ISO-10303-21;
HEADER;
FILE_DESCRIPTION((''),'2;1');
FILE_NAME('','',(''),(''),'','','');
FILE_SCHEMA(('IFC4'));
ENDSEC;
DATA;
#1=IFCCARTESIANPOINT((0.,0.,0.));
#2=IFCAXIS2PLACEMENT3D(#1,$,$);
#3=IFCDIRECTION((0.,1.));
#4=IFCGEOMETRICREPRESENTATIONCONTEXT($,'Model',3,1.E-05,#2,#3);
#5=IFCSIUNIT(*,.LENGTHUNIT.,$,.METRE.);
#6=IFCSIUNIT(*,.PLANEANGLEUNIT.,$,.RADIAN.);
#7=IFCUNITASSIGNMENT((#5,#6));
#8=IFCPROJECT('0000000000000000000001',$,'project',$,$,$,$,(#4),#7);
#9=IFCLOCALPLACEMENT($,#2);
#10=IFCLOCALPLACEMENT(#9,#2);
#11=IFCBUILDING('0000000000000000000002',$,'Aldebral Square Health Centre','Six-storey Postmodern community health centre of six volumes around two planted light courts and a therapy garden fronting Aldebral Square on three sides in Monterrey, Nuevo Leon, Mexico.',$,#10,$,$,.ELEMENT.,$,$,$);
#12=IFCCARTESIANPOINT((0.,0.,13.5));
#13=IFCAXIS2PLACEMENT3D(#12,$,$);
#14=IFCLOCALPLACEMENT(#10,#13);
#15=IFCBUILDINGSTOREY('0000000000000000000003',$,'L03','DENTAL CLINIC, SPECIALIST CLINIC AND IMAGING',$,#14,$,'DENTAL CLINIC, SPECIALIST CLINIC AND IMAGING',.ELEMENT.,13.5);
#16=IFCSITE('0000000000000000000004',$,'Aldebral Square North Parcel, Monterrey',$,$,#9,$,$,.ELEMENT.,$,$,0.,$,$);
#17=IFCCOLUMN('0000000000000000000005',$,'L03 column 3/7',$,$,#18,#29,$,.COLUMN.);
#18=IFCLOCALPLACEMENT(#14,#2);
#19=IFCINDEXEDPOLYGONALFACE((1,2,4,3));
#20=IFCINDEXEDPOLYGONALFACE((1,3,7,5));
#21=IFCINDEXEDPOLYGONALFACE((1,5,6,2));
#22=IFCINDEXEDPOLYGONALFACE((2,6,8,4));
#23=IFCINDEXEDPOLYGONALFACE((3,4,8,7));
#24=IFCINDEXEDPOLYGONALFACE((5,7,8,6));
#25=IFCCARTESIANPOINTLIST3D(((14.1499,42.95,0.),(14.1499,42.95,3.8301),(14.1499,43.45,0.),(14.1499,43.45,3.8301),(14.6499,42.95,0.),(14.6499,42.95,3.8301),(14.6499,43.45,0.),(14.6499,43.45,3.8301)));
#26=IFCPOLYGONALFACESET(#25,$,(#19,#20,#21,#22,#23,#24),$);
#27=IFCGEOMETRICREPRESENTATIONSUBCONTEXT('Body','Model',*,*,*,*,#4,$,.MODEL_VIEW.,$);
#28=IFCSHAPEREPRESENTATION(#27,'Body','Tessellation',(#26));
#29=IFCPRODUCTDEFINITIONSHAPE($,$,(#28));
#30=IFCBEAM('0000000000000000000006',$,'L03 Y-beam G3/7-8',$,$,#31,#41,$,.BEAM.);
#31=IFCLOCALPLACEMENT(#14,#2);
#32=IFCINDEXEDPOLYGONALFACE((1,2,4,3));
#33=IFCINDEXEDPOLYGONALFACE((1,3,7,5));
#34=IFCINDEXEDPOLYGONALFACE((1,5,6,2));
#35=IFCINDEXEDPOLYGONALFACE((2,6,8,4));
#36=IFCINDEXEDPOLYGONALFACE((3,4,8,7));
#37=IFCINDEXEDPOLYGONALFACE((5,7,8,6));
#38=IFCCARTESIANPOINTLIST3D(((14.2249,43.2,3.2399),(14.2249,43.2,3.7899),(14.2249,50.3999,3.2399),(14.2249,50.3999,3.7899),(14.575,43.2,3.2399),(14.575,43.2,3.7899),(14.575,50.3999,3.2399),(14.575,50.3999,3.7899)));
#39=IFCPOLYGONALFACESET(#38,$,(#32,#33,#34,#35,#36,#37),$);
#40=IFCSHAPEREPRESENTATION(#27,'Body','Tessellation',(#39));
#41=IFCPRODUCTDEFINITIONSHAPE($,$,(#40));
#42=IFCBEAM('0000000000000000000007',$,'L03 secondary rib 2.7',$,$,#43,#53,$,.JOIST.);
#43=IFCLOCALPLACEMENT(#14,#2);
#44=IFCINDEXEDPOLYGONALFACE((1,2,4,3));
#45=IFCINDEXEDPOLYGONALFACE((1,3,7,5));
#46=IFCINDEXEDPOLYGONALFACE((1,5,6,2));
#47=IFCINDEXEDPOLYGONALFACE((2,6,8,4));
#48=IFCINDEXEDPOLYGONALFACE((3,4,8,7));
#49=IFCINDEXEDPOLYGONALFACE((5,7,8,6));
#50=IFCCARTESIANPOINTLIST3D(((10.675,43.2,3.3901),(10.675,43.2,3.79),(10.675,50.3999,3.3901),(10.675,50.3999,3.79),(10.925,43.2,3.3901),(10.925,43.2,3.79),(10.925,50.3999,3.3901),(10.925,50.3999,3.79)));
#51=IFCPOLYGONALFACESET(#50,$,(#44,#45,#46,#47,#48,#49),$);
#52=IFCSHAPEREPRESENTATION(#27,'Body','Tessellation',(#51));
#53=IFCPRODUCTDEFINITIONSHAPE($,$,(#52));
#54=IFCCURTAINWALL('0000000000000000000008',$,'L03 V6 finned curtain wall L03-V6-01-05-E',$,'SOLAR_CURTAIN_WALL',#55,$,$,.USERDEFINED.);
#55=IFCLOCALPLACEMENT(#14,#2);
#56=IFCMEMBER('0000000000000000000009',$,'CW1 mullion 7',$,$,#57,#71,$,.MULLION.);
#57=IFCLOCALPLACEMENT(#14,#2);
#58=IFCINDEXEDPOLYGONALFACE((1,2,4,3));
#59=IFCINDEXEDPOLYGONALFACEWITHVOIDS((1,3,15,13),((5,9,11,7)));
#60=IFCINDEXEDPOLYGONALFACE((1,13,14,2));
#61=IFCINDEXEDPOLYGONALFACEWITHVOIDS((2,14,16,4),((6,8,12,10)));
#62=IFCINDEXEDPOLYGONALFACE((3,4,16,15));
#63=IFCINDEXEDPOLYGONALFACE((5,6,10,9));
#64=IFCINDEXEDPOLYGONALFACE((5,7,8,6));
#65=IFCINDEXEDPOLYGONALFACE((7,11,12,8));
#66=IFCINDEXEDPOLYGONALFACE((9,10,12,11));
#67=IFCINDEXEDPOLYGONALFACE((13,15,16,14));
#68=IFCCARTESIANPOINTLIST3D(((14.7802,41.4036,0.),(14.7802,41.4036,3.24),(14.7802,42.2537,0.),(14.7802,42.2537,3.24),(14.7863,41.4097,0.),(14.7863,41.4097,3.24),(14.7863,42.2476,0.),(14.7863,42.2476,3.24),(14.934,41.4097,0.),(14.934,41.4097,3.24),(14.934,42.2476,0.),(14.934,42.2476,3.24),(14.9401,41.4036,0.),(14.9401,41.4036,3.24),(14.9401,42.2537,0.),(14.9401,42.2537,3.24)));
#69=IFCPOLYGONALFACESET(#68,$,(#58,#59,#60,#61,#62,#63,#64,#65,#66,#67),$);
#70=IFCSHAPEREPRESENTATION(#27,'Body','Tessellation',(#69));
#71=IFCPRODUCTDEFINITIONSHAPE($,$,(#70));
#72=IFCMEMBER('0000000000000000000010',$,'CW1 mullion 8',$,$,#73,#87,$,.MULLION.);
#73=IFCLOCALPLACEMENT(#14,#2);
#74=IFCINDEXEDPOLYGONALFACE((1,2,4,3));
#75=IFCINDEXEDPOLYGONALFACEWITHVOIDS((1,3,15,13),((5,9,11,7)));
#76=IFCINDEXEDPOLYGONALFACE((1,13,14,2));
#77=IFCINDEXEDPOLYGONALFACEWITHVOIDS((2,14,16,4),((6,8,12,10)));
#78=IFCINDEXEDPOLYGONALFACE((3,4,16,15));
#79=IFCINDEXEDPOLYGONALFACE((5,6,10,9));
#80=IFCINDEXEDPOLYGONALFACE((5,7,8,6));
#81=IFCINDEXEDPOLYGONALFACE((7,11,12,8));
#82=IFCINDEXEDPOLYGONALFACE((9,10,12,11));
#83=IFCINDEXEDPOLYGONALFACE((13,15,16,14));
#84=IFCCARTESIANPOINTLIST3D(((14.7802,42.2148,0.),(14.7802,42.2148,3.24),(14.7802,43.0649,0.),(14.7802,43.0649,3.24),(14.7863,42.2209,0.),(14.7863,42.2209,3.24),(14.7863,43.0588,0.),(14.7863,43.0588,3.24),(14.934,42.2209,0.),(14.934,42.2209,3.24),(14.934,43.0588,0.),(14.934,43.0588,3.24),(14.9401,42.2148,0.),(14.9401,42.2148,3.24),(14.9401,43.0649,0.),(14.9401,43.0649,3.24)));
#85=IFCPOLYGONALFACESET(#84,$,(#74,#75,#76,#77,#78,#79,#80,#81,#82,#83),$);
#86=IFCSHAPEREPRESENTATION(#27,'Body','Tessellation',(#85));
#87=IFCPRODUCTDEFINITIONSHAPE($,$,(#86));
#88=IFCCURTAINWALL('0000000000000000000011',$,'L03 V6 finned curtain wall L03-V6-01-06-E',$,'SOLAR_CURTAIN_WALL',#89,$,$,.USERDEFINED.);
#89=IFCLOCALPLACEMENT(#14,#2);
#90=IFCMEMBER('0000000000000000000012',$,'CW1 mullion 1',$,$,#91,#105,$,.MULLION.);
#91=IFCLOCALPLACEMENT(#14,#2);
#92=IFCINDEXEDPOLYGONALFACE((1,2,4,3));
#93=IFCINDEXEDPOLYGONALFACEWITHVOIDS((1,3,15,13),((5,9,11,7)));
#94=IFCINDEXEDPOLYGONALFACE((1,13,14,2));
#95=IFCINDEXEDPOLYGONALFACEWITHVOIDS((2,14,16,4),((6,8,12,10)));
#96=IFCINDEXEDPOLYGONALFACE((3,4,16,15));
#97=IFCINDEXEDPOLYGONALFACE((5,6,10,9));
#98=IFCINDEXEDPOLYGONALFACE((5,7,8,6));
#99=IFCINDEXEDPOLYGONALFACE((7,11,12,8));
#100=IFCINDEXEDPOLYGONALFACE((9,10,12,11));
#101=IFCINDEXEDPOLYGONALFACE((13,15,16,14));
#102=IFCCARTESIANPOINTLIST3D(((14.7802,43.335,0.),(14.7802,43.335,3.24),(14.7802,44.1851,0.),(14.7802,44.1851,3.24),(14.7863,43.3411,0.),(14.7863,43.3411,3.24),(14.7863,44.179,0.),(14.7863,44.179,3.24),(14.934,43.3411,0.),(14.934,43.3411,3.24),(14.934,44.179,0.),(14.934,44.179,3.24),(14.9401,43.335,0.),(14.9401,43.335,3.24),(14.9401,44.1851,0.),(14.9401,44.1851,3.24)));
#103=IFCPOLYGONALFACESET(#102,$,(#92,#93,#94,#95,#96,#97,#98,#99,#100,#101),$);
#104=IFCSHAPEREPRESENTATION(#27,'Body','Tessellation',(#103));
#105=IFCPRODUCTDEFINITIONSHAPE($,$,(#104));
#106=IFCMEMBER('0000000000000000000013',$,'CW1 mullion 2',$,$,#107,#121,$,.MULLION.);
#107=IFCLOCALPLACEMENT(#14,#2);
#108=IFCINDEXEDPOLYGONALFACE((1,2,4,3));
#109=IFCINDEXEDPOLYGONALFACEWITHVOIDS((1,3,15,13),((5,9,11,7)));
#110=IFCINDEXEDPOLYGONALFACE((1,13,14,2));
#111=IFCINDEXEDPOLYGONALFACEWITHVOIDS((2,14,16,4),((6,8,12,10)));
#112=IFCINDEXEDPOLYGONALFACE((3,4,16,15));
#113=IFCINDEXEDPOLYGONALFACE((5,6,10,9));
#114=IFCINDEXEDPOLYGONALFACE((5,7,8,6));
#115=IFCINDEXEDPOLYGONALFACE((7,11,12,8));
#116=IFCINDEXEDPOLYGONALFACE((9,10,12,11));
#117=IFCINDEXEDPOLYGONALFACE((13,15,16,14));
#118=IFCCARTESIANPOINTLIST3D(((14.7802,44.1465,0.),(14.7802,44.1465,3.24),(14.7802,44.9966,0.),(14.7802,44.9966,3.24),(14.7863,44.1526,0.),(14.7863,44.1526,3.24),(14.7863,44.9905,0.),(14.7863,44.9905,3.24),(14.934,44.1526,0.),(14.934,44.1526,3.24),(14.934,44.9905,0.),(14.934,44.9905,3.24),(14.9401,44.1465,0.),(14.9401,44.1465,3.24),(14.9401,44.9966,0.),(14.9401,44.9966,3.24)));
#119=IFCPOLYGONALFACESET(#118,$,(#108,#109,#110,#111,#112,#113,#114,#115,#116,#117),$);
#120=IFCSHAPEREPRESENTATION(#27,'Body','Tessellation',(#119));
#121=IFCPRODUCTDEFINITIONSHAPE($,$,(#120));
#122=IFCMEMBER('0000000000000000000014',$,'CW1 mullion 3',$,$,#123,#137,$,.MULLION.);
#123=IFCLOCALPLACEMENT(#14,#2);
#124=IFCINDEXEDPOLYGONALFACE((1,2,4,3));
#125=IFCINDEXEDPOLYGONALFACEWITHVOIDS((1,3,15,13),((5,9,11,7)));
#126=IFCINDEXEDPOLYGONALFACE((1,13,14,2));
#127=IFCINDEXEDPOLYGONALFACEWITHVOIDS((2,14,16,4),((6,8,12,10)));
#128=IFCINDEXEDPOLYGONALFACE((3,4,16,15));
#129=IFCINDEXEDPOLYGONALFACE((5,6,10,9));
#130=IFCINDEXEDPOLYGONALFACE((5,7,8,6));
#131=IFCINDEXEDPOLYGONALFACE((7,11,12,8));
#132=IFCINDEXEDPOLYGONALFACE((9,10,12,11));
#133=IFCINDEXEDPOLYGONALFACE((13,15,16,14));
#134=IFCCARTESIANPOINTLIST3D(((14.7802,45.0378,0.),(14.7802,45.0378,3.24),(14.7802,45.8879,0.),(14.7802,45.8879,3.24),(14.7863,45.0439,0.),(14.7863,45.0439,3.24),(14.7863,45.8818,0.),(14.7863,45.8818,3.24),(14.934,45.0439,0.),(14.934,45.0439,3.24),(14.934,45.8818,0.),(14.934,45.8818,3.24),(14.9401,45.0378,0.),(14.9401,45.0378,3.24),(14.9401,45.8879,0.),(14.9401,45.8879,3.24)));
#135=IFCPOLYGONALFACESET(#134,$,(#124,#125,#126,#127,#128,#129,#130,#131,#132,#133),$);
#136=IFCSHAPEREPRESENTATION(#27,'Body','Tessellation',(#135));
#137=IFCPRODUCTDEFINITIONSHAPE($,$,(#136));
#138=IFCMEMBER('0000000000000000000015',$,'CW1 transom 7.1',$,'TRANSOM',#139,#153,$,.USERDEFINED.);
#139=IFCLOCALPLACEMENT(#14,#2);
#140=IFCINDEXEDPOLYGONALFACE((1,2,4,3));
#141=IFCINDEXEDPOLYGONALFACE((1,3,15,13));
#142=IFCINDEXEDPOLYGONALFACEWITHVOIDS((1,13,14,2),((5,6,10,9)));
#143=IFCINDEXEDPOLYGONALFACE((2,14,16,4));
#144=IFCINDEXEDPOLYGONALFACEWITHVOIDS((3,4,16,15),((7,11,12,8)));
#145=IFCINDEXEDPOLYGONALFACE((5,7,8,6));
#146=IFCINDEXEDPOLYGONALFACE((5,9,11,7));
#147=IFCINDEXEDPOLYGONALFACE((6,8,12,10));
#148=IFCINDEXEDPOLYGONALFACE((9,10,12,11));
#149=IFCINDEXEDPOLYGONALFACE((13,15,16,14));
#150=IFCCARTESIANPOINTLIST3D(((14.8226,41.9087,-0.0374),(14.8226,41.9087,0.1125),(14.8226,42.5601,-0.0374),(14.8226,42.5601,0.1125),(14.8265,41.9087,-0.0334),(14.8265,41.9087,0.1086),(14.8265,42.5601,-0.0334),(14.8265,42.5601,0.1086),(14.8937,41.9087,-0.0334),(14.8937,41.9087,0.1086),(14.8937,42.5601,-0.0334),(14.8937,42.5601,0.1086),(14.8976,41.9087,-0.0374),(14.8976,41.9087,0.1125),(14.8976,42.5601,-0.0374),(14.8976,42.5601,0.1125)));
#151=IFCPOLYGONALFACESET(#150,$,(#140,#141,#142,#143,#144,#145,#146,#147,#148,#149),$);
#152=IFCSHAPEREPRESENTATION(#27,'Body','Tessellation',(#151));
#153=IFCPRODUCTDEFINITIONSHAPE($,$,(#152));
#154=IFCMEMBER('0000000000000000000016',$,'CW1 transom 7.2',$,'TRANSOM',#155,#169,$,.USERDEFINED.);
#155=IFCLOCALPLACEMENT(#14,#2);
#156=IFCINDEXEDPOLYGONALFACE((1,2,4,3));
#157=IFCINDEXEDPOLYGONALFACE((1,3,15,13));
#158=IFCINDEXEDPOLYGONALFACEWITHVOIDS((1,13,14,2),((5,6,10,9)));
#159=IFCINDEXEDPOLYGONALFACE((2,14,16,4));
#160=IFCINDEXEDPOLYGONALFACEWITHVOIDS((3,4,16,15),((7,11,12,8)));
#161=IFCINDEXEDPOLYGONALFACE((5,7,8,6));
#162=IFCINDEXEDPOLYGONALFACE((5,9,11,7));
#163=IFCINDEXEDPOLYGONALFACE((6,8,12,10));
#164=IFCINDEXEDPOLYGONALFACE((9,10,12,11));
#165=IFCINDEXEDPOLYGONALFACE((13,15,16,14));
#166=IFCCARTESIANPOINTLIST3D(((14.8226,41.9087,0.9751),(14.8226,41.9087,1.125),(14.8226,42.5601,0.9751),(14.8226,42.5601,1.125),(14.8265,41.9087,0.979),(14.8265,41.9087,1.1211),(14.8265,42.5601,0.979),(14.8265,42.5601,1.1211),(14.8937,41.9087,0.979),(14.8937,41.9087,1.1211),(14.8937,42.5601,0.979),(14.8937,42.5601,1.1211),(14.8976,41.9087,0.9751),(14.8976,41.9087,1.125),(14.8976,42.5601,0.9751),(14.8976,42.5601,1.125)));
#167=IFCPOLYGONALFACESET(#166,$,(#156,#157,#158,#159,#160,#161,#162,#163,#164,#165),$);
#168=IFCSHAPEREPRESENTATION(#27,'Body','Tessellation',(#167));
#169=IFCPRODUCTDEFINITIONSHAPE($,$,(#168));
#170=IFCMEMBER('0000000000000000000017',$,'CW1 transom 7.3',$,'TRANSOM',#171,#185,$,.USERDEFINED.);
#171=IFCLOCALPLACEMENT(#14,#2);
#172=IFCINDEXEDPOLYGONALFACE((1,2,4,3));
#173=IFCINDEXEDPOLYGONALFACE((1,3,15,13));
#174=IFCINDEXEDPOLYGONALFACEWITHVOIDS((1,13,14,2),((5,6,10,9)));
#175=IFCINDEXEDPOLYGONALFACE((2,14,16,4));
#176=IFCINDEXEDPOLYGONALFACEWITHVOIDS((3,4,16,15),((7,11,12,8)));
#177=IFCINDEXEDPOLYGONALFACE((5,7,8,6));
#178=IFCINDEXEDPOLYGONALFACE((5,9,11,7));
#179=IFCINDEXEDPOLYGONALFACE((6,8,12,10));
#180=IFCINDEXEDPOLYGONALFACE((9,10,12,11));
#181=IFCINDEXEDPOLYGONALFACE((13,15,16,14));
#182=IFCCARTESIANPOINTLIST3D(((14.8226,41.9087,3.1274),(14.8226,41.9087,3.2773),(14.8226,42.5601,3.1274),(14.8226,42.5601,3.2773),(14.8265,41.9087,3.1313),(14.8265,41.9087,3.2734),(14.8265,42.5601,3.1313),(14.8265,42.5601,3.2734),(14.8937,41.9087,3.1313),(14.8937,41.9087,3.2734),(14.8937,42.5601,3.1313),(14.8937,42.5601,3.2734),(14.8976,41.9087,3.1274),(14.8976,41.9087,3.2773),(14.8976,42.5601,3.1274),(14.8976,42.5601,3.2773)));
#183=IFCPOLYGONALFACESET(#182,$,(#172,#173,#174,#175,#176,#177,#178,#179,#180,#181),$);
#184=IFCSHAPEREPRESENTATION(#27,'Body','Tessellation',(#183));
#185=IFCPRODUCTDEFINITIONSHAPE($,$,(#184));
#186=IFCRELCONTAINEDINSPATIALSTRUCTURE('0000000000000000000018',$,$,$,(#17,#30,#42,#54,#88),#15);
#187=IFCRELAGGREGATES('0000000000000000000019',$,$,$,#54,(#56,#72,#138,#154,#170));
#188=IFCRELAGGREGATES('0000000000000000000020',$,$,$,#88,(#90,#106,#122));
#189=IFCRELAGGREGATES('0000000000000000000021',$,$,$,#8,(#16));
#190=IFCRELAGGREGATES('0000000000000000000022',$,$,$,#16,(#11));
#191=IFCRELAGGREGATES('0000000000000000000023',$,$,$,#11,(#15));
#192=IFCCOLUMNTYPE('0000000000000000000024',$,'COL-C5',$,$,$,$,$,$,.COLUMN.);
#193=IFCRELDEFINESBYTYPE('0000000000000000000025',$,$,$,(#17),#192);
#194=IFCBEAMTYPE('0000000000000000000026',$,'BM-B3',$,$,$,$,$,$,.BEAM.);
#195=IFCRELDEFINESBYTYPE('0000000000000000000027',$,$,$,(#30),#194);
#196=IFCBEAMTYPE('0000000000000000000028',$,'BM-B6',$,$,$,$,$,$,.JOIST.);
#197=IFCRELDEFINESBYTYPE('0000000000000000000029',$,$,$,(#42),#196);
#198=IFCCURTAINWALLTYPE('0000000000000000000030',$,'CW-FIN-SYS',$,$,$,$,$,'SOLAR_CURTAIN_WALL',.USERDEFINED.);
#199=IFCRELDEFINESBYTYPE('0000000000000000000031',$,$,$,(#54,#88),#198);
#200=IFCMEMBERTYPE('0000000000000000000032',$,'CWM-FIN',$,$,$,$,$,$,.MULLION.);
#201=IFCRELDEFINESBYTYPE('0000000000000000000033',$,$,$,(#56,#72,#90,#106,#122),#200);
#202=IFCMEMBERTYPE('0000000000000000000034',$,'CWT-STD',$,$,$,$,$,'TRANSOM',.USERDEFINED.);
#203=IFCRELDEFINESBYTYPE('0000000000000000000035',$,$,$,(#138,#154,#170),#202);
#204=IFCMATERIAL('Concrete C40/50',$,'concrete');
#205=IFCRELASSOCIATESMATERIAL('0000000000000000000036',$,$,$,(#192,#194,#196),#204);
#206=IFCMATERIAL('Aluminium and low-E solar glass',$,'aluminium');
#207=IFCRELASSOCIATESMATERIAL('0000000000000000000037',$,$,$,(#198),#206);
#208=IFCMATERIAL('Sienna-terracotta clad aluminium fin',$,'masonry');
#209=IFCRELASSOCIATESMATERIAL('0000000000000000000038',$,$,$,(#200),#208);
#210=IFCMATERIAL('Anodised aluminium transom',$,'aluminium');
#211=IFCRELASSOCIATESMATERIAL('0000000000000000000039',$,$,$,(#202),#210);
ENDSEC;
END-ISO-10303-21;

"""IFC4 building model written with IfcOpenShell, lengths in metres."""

from ifc_helpers import new_model, si_unit, direction, frame, origin, origin_2d, place, context, subcontext, project, spatial, rectangle, hollow_rectangle, extrude, material, material_profile, profile_set, type_object, element, aggregate, save


model = new_model("IFC4")

# Units and contexts
model_context = context("Model", 3, precision=1e-05, world=origin(), true_north=direction((0.0, 1.0)))
body_context = subcontext(model_context, "Body", "Model", "MODEL_VIEW")
ifc_project = project(units=[si_unit("LENGTHUNIT", "METRE"), si_unit("PLANEANGLEUNIT", "RADIAN")], contexts=[model_context])

# Site, building, storey
site_placement = place(None, origin())
site = spatial("IfcSite", under=ifc_project, at=site_placement, Name="Aldebral Square North Parcel, Monterrey", CompositionType="ELEMENT", RefElevation=0.0)
building_placement = place(site_placement, origin())
building = spatial("IfcBuilding", under=site, at=building_placement, Name="Aldebral Square Health Centre", Description="Six-storey Postmodern community health centre of six volumes around two planted light courts and a therapy garden fronting Aldebral Square on three sides in Monterrey, Nuevo Leon, Mexico.", CompositionType="ELEMENT")
storey_placement = place(building_placement, frame((0.0, 0.0, 13.5)))
storey = spatial("IfcBuildingStorey", under=building, at=storey_placement, Name="L03", Description="DENTAL CLINIC, SPECIALIST CLINIC AND IMAGING", LongName="DENTAL CLINIC, SPECIALIST CLINIC AND IMAGING", CompositionType="ELEMENT", Elevation=13.5)

# Column
ifc_material_1 = material(Name="Concrete C40/50", Category="concrete")
ifc_material_profile_1 = material_profile(ifc_material_1, rectangle(XDim=0.5, YDim=0.5, at=origin_2d()), Name="RC 500x500")
ifc_profile_set_1 = profile_set([ifc_material_profile_1], Name="Concrete C40/50")
column_type = type_object("IfcColumnType", Name="COL-C5", PredefinedType="COLUMN", material=ifc_profile_set_1)
column_placement = place(storey_placement, frame((14.3999, 43.2, 0.0), z_axis=(0.0, 0.0, 1.0), x_axis=(1.0, 0.0, 0.0)))
element("IfcColumn", 1, at=column_placement, inside=storey, type_object=column_type, Name="L03 column 3/7", PredefinedType="COLUMN", context=body_context, shape_type="SweptSolid", body=[
    extrude(rectangle(XDim=0.5, YDim=0.5, at=origin_2d()), origin(), (0.0, 0.0, 1.0), 3.8301),
])

# Beams
ifc_material_profile_2 = material_profile(ifc_material_1, rectangle(XDim=0.3501, YDim=0.55, at=origin_2d()), Name="RC 350x550")
ifc_profile_set_2 = profile_set([ifc_material_profile_2], Name="Concrete C40/50")
beam_type_1 = type_object("IfcBeamType", Name="BM-B3", PredefinedType="BEAM", material=ifc_profile_set_2)
beam_1_placement = place(storey_placement, frame((14.3999, 43.2, 3.5149), z_axis=(0.0, 1.0, 0.0), x_axis=(-1.0, 0.0, 0.0)))
element("IfcBeam", 2, at=beam_1_placement, inside=storey, type_object=beam_type_1, Name="L03 Y-beam G3/7-8", PredefinedType="BEAM", context=body_context, shape_type="SweptSolid", body=[
    extrude(rectangle(XDim=0.3501, YDim=0.55, at=origin_2d()), origin(), (0.0, 0.0, 1.0), 7.2),
])
ifc_material_profile_3 = material_profile(ifc_material_1, rectangle(XDim=0.25, YDim=0.3999, at=origin_2d()), Name="RC 250x400")
ifc_profile_set_3 = profile_set([ifc_material_profile_3], Name="Concrete C40/50")
beam_type_2 = type_object("IfcBeamType", Name="BM-B6", PredefinedType="JOIST", material=ifc_profile_set_3)
beam_2_placement = place(storey_placement, frame((10.8, 43.2, 3.5901), z_axis=(0.0, 1.0, 0.0), x_axis=(-1.0, 0.0, 0.0)))
element("IfcBeam", 3, at=beam_2_placement, inside=storey, type_object=beam_type_2, Name="L03 secondary rib 2.7", PredefinedType="JOIST", context=body_context, shape_type="SweptSolid", body=[
    extrude(rectangle(XDim=0.25, YDim=0.3999, at=origin_2d()), origin(), (0.0, 0.0, 1.0), 7.2),
])

# Curtain walls, members
ifc_material_2 = material(Name="Aluminium and low-E solar glass", Category="aluminium")
curtain_wall_type = type_object("IfcCurtainWallType", Name="CW-FIN-SYS", ElementType="SOLAR_CURTAIN_WALL", PredefinedType="USERDEFINED", material=ifc_material_2)
curtain_wall_1_placement = place(storey_placement, origin())
curtain_wall_1 = element("IfcCurtainWall", 4, at=curtain_wall_1_placement, inside=storey, type_object=curtain_wall_type, Name="L03 V6 finned curtain wall L03-V6-01-05-E", ObjectType="SOLAR_CURTAIN_WALL", PredefinedType="USERDEFINED")
ifc_material_3 = material(Name="Sienna-terracotta clad aluminium fin", Category="masonry")
ifc_material_profile_4 = material_profile(ifc_material_3, hollow_rectangle(XDim=0.1599, YDim=0.8501, WallThickness=0.0061, at=origin_2d()), Name="FIN 160x850x6")
ifc_profile_set_4 = profile_set([ifc_material_profile_4], Name="Sienna-terracotta clad aluminium fin")
member_type_1 = type_object("IfcMemberType", Name="CWM-FIN", PredefinedType="MULLION", material=ifc_profile_set_4)
member_1_placement = place(storey_placement, frame((14.8601, 41.8286, 0.0), z_axis=(0.0, 0.0, 1.0), x_axis=(-1.0, 0.0, 0.0)))
member_1 = element("IfcMember", 5, at=member_1_placement, type_object=member_type_1, Name="CW1 mullion 7", PredefinedType="MULLION", context=body_context, shape_type="SweptSolid", body=[
    extrude(hollow_rectangle(XDim=0.1599, YDim=0.8501, WallThickness=0.0061, at=origin_2d()), origin(), (0.0, 0.0, 1.0), 3.24),
])
member_2_placement = place(storey_placement, frame((14.8601, 42.6399, 0.0), z_axis=(0.0, 0.0, 1.0), x_axis=(-1.0, 0.0, 0.0)))
member_2 = element("IfcMember", 6, at=member_2_placement, type_object=member_type_1, Name="CW1 mullion 8", PredefinedType="MULLION", context=body_context, shape_type="SweptSolid", body=[
    extrude(hollow_rectangle(XDim=0.1599, YDim=0.8501, WallThickness=0.0061, at=origin_2d()), origin(), (0.0, 0.0, 1.0), 3.24),
])
curtain_wall_2_placement = place(storey_placement, origin())
curtain_wall_2 = element("IfcCurtainWall", 7, at=curtain_wall_2_placement, inside=storey, type_object=curtain_wall_type, Name="L03 V6 finned curtain wall L03-V6-01-06-E", ObjectType="SOLAR_CURTAIN_WALL", PredefinedType="USERDEFINED")
member_3_placement = place(storey_placement, frame((14.8601, 43.76, 0.0), z_axis=(0.0, 0.0, 1.0), x_axis=(-1.0, 0.0, 0.0)))
member_3 = element("IfcMember", 8, at=member_3_placement, type_object=member_type_1, Name="CW1 mullion 1", PredefinedType="MULLION", context=body_context, shape_type="SweptSolid", body=[
    extrude(hollow_rectangle(XDim=0.1599, YDim=0.8501, WallThickness=0.0061, at=origin_2d()), origin(), (0.0, 0.0, 1.0), 3.24),
])
member_4_placement = place(storey_placement, frame((14.8601, 44.5715, 0.0), z_axis=(0.0, 0.0, 1.0), x_axis=(-1.0, 0.0, 0.0)))
member_4 = element("IfcMember", 9, at=member_4_placement, type_object=member_type_1, Name="CW1 mullion 2", PredefinedType="MULLION", context=body_context, shape_type="SweptSolid", body=[
    extrude(hollow_rectangle(XDim=0.1599, YDim=0.8501, WallThickness=0.0061, at=origin_2d()), origin(), (0.0, 0.0, 1.0), 3.24),
])
member_5_placement = place(storey_placement, frame((14.8601, 45.4629, 0.0), z_axis=(0.0, 0.0, 1.0), x_axis=(-1.0, 0.0, 0.0)))
member_5 = element("IfcMember", 10, at=member_5_placement, type_object=member_type_1, Name="CW1 mullion 3", PredefinedType="MULLION", context=body_context, shape_type="SweptSolid", body=[
    extrude(hollow_rectangle(XDim=0.1599, YDim=0.8501, WallThickness=0.0061, at=origin_2d()), origin(), (0.0, 0.0, 1.0), 3.24),
])

# Members
ifc_material_4 = material(Name="Anodised aluminium transom", Category="aluminium")
ifc_material_profile_5 = material_profile(ifc_material_4, hollow_rectangle(XDim=0.075, YDim=0.1499, WallThickness=0.0039, at=origin_2d()), Name="CWT 75x150x4")
ifc_profile_set_5 = profile_set([ifc_material_profile_5], Name="Anodised aluminium transom")
member_type_2 = type_object("IfcMemberType", Name="CWT-STD", ElementType="TRANSOM", PredefinedType="USERDEFINED", material=ifc_profile_set_5)
member_6_placement = place(storey_placement, frame((14.8601, 41.9087, 0.0376), z_axis=(0.0, 1.0, 0.0), x_axis=(-1.0, 0.0, 0.0)))
member_6 = element("IfcMember", 11, at=member_6_placement, type_object=member_type_2, Name="CW1 transom 7.1", ObjectType="TRANSOM", PredefinedType="USERDEFINED", context=body_context, shape_type="SweptSolid", body=[
    extrude(hollow_rectangle(XDim=0.075, YDim=0.1499, WallThickness=0.0039, at=origin_2d()), origin(), (0.0, 0.0, 1.0), 0.6514),
])
member_7_placement = place(storey_placement, frame((14.8601, 41.9087, 1.05), z_axis=(0.0, 1.0, 0.0), x_axis=(-1.0, 0.0, 0.0)))
member_7 = element("IfcMember", 12, at=member_7_placement, type_object=member_type_2, Name="CW1 transom 7.2", ObjectType="TRANSOM", PredefinedType="USERDEFINED", context=body_context, shape_type="SweptSolid", body=[
    extrude(hollow_rectangle(XDim=0.075, YDim=0.1499, WallThickness=0.0039, at=origin_2d()), origin(), (0.0, 0.0, 1.0), 0.6514),
])
member_8_placement = place(storey_placement, frame((14.8601, 41.9087, 3.2024), z_axis=(0.0, 1.0, 0.0), x_axis=(-1.0, 0.0, 0.0)))
member_8 = element("IfcMember", 13, at=member_8_placement, type_object=member_type_2, Name="CW1 transom 7.3", ObjectType="TRANSOM", PredefinedType="USERDEFINED", context=body_context, shape_type="SweptSolid", body=[
    extrude(hollow_rectangle(XDim=0.075, YDim=0.1499, WallThickness=0.0039, at=origin_2d()), origin(), (0.0, 0.0, 1.0), 0.6514),
])

aggregate(curtain_wall_1, [member_1, member_2, member_6, member_7, member_8])
aggregate(curtain_wall_2, [member_3, member_4, member_5])

save(model, "model.ifc")
